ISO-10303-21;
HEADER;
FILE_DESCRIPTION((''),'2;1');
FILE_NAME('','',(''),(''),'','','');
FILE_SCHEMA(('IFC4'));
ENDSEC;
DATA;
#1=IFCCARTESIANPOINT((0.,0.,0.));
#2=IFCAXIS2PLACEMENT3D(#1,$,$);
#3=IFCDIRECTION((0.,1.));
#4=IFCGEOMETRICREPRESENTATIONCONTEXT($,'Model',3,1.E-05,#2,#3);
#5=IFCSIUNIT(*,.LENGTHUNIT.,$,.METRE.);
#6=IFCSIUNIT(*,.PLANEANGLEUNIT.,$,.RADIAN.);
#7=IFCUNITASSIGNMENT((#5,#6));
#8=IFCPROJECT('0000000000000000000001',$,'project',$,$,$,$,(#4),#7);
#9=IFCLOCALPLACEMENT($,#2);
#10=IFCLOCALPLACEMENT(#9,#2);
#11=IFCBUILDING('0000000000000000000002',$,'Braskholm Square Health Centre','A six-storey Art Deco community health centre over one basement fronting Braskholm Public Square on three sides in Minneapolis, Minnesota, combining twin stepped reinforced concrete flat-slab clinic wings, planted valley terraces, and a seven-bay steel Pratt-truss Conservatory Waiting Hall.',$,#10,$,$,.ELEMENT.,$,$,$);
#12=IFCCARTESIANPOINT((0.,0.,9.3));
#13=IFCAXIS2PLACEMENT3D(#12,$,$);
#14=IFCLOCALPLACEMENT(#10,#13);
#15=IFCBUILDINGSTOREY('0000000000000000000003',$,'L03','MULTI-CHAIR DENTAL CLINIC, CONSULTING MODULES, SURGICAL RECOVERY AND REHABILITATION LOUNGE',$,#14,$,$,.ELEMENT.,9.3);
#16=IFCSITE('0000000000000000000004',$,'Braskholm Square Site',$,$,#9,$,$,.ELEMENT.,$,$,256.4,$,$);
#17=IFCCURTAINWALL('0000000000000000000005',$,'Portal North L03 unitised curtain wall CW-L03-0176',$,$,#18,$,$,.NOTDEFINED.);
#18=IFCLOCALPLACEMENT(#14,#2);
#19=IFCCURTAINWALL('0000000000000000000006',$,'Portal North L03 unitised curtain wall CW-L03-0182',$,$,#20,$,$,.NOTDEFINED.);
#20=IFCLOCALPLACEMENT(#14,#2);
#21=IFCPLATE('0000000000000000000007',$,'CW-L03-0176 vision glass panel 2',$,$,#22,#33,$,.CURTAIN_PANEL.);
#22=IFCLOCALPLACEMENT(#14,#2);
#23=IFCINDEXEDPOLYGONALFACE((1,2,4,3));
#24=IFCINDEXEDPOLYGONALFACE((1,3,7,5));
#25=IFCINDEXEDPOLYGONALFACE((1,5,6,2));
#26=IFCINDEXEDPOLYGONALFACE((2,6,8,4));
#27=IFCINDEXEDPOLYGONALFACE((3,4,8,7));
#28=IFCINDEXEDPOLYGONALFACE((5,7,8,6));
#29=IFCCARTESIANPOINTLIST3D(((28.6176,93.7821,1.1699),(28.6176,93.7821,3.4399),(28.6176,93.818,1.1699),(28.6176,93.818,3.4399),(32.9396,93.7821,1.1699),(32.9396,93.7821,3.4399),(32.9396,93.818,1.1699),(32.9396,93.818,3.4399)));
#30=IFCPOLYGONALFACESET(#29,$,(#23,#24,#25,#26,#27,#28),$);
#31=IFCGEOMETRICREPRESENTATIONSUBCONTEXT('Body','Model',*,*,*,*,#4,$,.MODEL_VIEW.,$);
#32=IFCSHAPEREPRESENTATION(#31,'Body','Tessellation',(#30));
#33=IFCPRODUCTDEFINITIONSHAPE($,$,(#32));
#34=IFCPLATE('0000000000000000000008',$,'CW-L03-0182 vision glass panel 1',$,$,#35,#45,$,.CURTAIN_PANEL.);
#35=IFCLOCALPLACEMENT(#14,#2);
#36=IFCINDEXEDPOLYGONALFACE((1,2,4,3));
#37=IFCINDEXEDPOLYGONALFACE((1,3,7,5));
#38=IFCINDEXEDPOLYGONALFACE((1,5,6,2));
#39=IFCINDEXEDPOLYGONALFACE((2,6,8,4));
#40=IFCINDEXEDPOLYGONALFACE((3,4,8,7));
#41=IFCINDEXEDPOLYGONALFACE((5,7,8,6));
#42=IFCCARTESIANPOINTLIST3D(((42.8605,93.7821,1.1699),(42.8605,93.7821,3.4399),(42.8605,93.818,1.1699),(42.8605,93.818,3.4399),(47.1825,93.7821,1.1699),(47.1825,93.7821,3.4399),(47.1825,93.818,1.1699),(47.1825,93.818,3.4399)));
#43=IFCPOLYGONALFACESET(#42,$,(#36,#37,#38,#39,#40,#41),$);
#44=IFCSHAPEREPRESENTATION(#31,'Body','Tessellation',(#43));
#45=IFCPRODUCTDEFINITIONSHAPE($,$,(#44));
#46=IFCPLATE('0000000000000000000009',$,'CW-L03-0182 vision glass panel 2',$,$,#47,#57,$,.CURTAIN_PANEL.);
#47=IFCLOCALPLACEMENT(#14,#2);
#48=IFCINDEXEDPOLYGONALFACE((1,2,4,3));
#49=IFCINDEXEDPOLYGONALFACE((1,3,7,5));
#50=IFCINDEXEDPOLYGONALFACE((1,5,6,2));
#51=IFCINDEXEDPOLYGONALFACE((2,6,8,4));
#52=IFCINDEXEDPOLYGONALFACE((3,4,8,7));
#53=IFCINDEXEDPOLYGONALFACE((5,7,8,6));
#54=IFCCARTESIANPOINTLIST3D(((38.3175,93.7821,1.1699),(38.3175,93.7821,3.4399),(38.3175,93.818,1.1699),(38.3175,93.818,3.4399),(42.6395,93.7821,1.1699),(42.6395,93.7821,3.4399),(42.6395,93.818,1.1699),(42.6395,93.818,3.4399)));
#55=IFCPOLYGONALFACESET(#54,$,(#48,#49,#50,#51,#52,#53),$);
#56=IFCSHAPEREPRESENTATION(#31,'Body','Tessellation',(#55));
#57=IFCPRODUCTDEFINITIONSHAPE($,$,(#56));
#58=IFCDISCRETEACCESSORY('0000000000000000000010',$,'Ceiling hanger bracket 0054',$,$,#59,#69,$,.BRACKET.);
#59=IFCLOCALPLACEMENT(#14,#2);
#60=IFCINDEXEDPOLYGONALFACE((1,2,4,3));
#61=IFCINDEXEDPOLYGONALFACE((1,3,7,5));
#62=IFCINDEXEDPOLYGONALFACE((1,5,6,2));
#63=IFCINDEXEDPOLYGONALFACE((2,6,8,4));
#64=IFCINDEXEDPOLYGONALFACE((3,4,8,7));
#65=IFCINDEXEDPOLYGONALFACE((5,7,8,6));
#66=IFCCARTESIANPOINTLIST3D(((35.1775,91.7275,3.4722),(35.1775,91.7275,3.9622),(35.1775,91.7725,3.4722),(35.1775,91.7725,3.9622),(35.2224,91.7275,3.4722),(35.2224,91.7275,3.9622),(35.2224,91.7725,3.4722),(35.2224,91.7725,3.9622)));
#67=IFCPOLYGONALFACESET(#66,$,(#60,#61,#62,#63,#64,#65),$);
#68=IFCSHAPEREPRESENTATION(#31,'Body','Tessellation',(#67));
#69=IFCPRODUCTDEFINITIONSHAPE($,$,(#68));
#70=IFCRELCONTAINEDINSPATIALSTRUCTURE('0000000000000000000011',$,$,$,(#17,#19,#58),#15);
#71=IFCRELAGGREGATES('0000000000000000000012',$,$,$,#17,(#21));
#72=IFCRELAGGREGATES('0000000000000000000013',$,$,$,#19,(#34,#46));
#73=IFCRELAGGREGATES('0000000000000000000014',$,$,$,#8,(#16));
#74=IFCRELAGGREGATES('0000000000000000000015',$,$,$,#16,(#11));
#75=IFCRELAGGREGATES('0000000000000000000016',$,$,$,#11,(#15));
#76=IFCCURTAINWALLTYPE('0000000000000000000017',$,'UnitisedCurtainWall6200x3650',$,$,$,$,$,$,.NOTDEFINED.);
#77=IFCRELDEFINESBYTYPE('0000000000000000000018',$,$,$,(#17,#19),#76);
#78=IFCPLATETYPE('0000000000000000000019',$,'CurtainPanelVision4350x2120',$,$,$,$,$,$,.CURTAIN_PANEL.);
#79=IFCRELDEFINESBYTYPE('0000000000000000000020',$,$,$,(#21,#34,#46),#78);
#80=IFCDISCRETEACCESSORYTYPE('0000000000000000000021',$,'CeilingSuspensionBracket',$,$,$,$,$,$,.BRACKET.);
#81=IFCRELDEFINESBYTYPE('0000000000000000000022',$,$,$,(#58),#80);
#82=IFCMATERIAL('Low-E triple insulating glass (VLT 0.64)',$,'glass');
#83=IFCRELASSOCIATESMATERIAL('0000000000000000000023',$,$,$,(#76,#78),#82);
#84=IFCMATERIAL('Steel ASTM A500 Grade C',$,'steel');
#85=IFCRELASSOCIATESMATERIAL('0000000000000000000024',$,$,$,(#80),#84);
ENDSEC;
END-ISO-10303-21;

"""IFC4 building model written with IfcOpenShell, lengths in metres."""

from ifc_helpers import new_model, si_unit, direction, frame, origin, origin_2d, place, context, subcontext, project, spatial, rectangle, extrude, material, type_object, element, aggregate, save


model = new_model("IFC4")

# Units and contexts
model_context = context("Model", 3, precision=1e-05, world=origin(), true_north=direction((0.0, 1.0)))
body_context = subcontext(model_context, "Body", "Model", "MODEL_VIEW")
ifc_project = project(units=[si_unit("LENGTHUNIT", "METRE"), si_unit("PLANEANGLEUNIT", "RADIAN")], contexts=[model_context])

# Site, building, storey
site_placement = place(None, origin())
site = spatial("IfcSite", under=ifc_project, at=site_placement, Name="Braskholm Square Site", CompositionType="ELEMENT", RefElevation=256.4)
building_placement = place(site_placement, origin())
building = spatial("IfcBuilding", under=site, at=building_placement, Name="Braskholm Square Health Centre", Description="A six-storey Art Deco community health centre over one basement fronting Braskholm Public Square on three sides in Minneapolis, Minnesota, combining twin stepped reinforced concrete flat-slab clinic wings, planted valley terraces, and a seven-bay steel Pratt-truss Conservatory Waiting Hall.", CompositionType="ELEMENT")
storey_placement = place(building_placement, frame((0.0, 0.0, 9.3)))
storey = spatial("IfcBuildingStorey", under=building, at=storey_placement, Name="L03", Description="MULTI-CHAIR DENTAL CLINIC, CONSULTING MODULES, SURGICAL RECOVERY AND REHABILITATION LOUNGE", CompositionType="ELEMENT", Elevation=9.3)

# Curtain walls
ifc_material_1 = material(Name="Low-E triple insulating glass (VLT 0.64)", Category="glass")
curtain_wall_type_1 = type_object("IfcCurtainWallType", Name="UnitisedCurtainWall6200x3650", PredefinedType="NOTDEFINED", material=ifc_material_1)
curtain_wall_1_placement = place(storey_placement, origin())
curtain_wall_1 = element("IfcCurtainWall", 1, at=curtain_wall_1_placement, inside=storey, type_object=curtain_wall_type_1, Name="Portal North L03 unitised curtain wall CW-L03-0176", PredefinedType="NOTDEFINED")
curtain_wall_2_placement = place(storey_placement, origin())
curtain_wall_2 = element("IfcCurtainWall", 2, at=curtain_wall_2_placement, inside=storey, type_object=curtain_wall_type_1, Name="Portal North L03 unitised curtain wall CW-L03-0182", PredefinedType="NOTDEFINED")

# Plates
plate_type_1 = type_object("IfcPlateType", Name="CurtainPanelVision4350x2120", PredefinedType="CURTAIN_PANEL", material=ifc_material_1)
plate_1_placement = place(storey_placement, frame((30.7786, 93.8, 1.1699), z_axis=(0.0, 0.0, 1.0), x_axis=(-1.0, 0.0, 0.0)))
plate_1 = element("IfcPlate", 3, at=plate_1_placement, type_object=plate_type_1, Name="CW-L03-0176 vision glass panel 2", PredefinedType="CURTAIN_PANEL", context=body_context, shape_type="SweptSolid", body=[
    extrude(rectangle(XDim=4.322, YDim=0.0359, at=origin_2d()), origin(), (0.0, 0.0, 1.0), 2.27),
])
aggregate(curtain_wall_1, [plate_1])
plate_2_placement = place(storey_placement, frame((45.0215, 93.8, 1.1699), z_axis=(0.0, 0.0, 1.0), x_axis=(-1.0, 0.0, 0.0)))
plate_2 = element("IfcPlate", 4, at=plate_2_placement, type_object=plate_type_1, Name="CW-L03-0182 vision glass panel 1", PredefinedType="CURTAIN_PANEL", context=body_context, shape_type="SweptSolid", body=[
    extrude(rectangle(XDim=4.322, YDim=0.0359, at=origin_2d()), origin(), (0.0, 0.0, 1.0), 2.27),
])
plate_3_placement = place(storey_placement, frame((40.4785, 93.8, 1.1699), z_axis=(0.0, 0.0, 1.0), x_axis=(-1.0, 0.0, 0.0)))
plate_3 = element("IfcPlate", 5, at=plate_3_placement, type_object=plate_type_1, Name="CW-L03-0182 vision glass panel 2", PredefinedType="CURTAIN_PANEL", context=body_context, shape_type="SweptSolid", body=[
    extrude(rectangle(XDim=4.322, YDim=0.0359, at=origin_2d()), origin(), (0.0, 0.0, 1.0), 2.27),
])
aggregate(curtain_wall_2, [plate_2, plate_3])

# Discrete accessory
ifc_material_2 = material(Name="Steel ASTM A500 Grade C", Category="steel")
discrete_accessory_type = type_object("IfcDiscreteAccessoryType", Name="CeilingSuspensionBracket", PredefinedType="BRACKET", material=ifc_material_2)
discrete_accessory_placement = place(storey_placement, frame((35.2, 91.75, 3.4722), z_axis=(0.0, 0.0, 1.0), x_axis=(1.0, 0.0, 0.0)))
element("IfcDiscreteAccessory", 6, at=discrete_accessory_placement, inside=storey, type_object=discrete_accessory_type, Name="Ceiling hanger bracket 0054", PredefinedType="BRACKET", context=body_context, shape_type="SweptSolid", body=[
    extrude(rectangle(XDim=0.0449, YDim=0.0449, at=origin_2d()), origin(), (0.0, 0.0, 1.0), 0.49),
])

save(model, "model.ifc")
